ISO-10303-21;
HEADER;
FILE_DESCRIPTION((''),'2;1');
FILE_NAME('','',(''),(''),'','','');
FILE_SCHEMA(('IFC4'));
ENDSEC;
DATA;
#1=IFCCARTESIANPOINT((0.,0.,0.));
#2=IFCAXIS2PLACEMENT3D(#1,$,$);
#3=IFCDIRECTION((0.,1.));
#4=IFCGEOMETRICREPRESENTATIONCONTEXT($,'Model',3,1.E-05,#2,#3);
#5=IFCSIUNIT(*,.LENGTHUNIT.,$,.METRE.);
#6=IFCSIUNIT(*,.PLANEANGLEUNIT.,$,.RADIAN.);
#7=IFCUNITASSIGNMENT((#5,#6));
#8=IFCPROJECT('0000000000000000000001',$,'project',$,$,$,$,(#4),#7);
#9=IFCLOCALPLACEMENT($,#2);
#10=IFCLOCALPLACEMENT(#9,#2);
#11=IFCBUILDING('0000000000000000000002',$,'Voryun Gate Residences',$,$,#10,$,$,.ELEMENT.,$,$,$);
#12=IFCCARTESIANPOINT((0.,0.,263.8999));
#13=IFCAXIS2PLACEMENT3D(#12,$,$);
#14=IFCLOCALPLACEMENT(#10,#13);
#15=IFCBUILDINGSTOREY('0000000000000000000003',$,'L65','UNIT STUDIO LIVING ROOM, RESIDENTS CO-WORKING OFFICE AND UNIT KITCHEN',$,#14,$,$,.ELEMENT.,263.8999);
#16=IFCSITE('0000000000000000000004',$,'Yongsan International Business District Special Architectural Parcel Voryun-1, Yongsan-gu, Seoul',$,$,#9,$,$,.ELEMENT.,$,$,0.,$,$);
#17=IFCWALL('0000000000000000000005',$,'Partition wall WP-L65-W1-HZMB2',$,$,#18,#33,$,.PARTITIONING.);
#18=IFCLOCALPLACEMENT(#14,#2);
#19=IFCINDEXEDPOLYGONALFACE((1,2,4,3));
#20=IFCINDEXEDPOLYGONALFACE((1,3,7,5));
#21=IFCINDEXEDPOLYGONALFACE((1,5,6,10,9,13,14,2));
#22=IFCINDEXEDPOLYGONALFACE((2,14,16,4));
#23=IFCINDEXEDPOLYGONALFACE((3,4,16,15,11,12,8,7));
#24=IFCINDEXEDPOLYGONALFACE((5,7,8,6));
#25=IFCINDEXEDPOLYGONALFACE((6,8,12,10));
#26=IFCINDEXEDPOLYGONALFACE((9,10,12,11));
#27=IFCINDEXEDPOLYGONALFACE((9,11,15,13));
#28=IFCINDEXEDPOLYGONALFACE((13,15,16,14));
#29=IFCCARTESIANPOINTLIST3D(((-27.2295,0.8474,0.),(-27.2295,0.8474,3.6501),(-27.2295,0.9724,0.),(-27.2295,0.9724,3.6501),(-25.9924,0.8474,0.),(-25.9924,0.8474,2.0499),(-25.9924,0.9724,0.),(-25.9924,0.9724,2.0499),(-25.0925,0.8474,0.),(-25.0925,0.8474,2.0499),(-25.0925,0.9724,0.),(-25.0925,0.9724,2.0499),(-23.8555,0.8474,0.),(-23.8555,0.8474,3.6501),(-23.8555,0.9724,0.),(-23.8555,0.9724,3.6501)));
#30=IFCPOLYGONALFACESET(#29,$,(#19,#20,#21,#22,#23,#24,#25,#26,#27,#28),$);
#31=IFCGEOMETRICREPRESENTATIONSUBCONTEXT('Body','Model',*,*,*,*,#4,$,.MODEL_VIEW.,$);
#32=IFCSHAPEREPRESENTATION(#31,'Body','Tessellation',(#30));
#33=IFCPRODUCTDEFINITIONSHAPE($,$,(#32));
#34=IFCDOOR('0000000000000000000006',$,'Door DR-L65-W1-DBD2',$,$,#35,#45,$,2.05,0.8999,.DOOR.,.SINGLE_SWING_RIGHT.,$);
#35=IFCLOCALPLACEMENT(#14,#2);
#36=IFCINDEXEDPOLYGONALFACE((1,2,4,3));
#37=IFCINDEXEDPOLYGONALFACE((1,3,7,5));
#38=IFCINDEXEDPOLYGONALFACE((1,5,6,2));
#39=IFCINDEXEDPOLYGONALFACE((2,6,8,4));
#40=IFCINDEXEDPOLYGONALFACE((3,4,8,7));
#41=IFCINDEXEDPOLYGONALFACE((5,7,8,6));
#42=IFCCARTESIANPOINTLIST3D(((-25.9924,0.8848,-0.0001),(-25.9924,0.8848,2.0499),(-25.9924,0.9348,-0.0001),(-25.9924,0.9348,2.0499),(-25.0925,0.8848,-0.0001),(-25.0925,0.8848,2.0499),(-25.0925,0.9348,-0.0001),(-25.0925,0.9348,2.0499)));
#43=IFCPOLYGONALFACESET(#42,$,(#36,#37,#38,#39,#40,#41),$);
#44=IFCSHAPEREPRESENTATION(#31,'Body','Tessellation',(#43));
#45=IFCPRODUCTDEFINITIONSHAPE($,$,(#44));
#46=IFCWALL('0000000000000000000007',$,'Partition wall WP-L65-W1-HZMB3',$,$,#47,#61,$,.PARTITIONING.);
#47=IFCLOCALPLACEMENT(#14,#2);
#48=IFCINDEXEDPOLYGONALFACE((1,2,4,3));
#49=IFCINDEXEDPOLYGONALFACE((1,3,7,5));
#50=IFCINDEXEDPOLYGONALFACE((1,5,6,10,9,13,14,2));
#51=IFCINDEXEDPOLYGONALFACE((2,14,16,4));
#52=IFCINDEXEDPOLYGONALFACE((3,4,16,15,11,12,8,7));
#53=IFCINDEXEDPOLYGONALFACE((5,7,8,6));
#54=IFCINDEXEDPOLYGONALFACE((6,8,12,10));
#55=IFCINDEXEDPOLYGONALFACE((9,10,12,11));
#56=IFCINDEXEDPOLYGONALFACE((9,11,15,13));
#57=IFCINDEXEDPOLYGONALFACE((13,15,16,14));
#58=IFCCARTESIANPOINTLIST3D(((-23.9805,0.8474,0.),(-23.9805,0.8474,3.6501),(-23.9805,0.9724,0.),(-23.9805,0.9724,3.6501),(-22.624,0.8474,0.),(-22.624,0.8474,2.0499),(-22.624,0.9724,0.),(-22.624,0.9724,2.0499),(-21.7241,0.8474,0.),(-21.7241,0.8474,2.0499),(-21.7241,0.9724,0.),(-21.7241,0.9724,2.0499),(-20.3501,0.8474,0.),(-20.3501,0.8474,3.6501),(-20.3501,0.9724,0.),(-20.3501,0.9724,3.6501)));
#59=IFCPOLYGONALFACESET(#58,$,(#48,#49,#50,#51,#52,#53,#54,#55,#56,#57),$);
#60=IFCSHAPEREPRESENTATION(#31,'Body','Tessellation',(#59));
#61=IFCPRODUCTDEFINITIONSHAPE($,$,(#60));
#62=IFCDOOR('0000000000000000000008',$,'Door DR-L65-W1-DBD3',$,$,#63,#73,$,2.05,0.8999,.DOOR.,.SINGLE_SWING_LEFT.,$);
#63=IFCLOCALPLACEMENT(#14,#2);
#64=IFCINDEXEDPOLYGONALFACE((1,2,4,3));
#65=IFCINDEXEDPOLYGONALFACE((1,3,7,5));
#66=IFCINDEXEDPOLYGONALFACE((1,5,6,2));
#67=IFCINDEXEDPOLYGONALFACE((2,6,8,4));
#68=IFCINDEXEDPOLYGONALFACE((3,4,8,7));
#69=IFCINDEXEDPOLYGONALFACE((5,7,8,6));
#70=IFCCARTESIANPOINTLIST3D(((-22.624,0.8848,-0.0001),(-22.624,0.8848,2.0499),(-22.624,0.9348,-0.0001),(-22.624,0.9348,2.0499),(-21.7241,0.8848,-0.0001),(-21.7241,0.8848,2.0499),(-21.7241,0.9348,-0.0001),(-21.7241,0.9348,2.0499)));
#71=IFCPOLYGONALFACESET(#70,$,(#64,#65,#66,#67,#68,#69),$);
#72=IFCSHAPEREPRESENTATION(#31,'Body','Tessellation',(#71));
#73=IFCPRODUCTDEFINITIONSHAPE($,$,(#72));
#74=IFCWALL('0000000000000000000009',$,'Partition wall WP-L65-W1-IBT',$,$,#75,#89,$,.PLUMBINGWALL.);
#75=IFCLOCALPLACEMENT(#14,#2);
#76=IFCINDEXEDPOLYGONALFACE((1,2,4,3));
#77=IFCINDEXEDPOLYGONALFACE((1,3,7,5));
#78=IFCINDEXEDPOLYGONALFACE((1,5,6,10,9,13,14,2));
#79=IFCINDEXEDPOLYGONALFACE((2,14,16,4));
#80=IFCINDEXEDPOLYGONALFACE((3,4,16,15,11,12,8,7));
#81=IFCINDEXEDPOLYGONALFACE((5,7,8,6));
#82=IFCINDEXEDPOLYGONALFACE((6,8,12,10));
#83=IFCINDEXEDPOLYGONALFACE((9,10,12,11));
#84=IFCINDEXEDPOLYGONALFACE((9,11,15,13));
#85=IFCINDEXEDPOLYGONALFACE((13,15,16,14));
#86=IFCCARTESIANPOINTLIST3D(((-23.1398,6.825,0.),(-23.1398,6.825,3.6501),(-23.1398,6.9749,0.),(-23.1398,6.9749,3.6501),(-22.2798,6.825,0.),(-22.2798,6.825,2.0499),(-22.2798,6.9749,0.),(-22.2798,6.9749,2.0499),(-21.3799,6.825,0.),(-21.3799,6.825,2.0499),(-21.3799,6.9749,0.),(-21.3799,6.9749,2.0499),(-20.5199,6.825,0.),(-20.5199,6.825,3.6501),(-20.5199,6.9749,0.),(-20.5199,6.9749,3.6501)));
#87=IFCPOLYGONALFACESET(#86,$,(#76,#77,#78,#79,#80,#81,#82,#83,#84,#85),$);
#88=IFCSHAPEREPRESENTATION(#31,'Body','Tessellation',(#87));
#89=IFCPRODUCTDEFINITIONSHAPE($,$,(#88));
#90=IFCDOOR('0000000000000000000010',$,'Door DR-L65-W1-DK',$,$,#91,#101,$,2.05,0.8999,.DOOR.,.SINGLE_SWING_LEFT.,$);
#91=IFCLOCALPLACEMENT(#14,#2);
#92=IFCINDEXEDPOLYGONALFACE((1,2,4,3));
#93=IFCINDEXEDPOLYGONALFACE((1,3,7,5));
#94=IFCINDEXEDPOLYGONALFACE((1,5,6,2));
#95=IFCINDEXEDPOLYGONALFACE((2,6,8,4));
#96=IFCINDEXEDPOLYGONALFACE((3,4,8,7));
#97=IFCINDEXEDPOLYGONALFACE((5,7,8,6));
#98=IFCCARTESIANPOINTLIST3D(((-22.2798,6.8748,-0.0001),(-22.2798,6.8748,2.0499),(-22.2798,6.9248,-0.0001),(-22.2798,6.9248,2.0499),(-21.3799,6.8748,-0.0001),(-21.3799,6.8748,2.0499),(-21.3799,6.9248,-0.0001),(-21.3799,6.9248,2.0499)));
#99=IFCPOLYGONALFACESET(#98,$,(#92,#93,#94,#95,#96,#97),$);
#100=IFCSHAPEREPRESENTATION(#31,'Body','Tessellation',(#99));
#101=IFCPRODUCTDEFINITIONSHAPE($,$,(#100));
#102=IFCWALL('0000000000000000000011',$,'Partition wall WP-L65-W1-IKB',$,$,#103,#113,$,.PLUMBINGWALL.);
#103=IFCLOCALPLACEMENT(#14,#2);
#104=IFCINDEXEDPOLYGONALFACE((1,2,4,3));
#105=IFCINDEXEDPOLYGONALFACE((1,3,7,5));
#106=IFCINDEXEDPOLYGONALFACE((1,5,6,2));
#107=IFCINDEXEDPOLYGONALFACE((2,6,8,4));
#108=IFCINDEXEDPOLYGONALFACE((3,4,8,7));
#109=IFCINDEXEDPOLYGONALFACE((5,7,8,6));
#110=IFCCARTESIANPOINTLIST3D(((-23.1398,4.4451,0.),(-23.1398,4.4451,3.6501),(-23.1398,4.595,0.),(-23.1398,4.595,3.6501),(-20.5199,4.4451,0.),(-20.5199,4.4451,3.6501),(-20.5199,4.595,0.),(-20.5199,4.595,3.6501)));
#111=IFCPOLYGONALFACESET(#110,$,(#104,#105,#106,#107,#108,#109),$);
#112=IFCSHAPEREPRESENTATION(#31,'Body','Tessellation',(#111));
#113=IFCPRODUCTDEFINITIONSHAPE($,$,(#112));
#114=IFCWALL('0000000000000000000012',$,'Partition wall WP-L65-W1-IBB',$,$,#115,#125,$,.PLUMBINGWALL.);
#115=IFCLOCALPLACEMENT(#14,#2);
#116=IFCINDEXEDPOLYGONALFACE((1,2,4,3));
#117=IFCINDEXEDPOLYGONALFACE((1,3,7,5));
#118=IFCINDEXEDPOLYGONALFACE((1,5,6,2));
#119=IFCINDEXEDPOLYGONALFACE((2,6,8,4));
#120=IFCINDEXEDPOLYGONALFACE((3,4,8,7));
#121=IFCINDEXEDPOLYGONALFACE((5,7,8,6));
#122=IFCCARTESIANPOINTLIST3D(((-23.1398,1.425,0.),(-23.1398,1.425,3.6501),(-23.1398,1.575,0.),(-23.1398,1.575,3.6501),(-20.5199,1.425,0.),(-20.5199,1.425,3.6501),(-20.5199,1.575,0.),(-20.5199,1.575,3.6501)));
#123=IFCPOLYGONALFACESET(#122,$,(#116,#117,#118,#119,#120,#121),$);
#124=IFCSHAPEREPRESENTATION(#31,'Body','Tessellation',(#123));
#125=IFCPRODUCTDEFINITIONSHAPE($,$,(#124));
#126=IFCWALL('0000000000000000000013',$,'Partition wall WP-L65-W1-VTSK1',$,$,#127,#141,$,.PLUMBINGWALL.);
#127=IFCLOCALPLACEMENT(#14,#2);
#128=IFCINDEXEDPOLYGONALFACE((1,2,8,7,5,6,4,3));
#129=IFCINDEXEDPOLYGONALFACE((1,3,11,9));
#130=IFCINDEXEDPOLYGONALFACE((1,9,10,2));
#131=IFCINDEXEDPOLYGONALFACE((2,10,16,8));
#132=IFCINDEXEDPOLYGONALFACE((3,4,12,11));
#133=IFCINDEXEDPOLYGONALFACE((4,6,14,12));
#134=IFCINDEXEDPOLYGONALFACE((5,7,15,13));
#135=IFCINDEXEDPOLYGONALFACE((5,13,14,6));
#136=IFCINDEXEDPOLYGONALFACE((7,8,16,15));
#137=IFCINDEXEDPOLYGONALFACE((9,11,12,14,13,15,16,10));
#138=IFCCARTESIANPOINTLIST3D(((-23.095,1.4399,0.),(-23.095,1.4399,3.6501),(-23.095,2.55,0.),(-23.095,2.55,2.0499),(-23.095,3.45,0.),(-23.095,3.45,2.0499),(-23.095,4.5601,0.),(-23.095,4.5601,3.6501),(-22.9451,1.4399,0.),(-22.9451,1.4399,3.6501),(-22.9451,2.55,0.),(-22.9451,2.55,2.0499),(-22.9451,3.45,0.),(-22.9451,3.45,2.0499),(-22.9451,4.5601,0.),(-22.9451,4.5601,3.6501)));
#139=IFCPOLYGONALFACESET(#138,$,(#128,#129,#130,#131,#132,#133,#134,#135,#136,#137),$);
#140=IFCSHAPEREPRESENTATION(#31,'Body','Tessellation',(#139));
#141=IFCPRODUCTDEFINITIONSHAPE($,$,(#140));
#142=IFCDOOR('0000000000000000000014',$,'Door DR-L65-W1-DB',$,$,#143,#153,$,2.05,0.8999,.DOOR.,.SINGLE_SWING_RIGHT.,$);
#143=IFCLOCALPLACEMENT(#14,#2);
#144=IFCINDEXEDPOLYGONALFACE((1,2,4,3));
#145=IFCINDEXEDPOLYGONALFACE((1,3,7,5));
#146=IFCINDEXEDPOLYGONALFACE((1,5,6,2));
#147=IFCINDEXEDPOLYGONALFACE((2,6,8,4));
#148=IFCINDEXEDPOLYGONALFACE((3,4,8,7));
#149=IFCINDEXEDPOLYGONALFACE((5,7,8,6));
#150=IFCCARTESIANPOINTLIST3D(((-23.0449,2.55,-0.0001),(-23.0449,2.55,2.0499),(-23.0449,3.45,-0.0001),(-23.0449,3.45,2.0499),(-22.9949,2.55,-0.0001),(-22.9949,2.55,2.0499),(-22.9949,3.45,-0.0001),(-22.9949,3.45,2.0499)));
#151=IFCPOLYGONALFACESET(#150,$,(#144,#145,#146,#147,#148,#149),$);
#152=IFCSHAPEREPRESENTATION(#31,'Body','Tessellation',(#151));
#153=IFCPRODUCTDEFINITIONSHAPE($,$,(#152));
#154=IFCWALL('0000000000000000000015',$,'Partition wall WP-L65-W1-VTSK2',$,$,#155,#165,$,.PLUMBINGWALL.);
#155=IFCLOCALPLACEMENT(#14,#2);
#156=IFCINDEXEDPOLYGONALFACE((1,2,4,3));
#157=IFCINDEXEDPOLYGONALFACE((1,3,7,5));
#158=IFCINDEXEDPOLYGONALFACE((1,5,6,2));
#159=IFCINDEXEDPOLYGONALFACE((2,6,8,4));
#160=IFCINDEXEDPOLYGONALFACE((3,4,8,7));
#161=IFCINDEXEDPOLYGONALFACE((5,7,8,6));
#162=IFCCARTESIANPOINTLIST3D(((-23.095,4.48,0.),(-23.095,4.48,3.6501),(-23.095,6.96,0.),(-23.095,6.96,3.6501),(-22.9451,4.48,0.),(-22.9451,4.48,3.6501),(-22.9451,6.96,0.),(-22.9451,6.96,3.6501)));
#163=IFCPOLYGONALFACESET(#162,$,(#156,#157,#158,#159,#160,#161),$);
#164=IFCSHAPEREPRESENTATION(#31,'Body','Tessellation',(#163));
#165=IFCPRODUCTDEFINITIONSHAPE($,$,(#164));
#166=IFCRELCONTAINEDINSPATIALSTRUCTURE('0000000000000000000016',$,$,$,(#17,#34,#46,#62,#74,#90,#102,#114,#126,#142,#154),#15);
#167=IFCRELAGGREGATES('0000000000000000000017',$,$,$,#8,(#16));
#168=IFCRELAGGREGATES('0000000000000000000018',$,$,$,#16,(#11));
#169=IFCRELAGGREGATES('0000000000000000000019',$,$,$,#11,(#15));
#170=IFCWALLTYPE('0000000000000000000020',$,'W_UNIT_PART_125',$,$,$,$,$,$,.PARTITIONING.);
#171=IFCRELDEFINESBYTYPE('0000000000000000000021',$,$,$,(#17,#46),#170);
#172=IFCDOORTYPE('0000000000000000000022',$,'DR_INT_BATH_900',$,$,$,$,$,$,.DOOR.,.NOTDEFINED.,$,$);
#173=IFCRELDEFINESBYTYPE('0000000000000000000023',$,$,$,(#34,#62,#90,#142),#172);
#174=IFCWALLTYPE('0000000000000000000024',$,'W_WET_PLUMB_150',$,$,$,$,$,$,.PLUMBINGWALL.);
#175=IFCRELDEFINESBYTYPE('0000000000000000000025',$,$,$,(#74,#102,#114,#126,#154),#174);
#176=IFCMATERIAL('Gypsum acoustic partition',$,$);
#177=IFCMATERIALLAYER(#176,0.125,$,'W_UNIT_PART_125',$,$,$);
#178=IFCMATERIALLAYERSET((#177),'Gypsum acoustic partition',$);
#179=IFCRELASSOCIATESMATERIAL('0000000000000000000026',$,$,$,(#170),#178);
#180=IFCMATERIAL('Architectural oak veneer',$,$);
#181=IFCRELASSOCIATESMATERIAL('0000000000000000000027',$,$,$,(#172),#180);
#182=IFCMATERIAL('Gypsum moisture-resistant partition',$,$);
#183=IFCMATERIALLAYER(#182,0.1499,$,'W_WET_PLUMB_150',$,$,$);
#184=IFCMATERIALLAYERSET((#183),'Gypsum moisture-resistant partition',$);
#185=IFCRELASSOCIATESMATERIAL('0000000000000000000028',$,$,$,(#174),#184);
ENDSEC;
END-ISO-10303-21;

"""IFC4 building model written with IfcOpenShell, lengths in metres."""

from ifc_helpers import new_model, si_unit, direction, frame, frame_2d, origin, place, context, subcontext, project, spatial, rectangle, extrude, material, layer, layer_set, type_object, element, fill, save


model = new_model("IFC4")

# Units and contexts
model_context = context("Model", 3, precision=1e-05, world=origin(), true_north=direction((0.0, 1.0)))
body_context = subcontext(model_context, "Body", "Model", "MODEL_VIEW")
ifc_project = project(units=[si_unit("LENGTHUNIT", "METRE"), si_unit("PLANEANGLEUNIT", "RADIAN")], contexts=[model_context])

# Site, building, storey
site_placement = place(None, origin())
site = spatial("IfcSite", under=ifc_project, at=site_placement, Name="Yongsan International Business District Special Architectural Parcel Voryun-1, Yongsan-gu, Seoul", CompositionType="ELEMENT", RefElevation=0.0)
building_placement = place(site_placement, origin())
building = spatial("IfcBuilding", under=site, at=building_placement, Name="Voryun Gate Residences", CompositionType="ELEMENT")
storey_placement = place(building_placement, frame((0.0, 0.0, 263.8999)))
storey = spatial("IfcBuildingStorey", under=building, at=storey_placement, Name="L65", Description="UNIT STUDIO LIVING ROOM, RESIDENTS CO-WORKING OFFICE AND UNIT KITCHEN", CompositionType="ELEMENT", Elevation=263.8999)

# Walls, openings, doors
ifc_material_1 = material(Name="Gypsum acoustic partition")
ifc_layer_1 = layer(ifc_material_1, 0.125, Name="W_UNIT_PART_125")
ifc_layer_set_1 = layer_set([ifc_layer_1], Name="Gypsum acoustic partition")
wall_type_1 = type_object("IfcWallType", Name="W_UNIT_PART_125", PredefinedType="PARTITIONING", material=ifc_layer_set_1)
wall_1_placement = place(storey_placement, frame((-27.2295, 0.9099, 0.0), z_axis=(0.0, 0.0, 1.0), x_axis=(1.0, 0.0, 0.0)))
wall_1 = element("IfcWall", 1, at=wall_1_placement, inside=storey, type_object=wall_type_1, Name="Partition wall WP-L65-W1-HZMB2", PredefinedType="PARTITIONING", context=body_context, shape_type="SweptSolid", body=[
    extrude(rectangle(XDim=3.374, YDim=0.125, at=frame_2d((1.687, 0.0))), origin(), (0.0, 0.0, 1.0), 3.6501),
])
opening_1_placement = place(wall_1_placement, frame((1.2371, 0.0, 0.0)))
opening_1 = element("IfcOpeningElement", 2, at=opening_1_placement, cuts=wall_1, PredefinedType="OPENING", context=body_context, shape_type="SweptSolid", body=[
    extrude(rectangle(XDim=0.8999, YDim=2.05, at=frame_2d((0.45, 1.0249))), frame((0.0, 0.0725, 0.0), z_axis=(0.0, -1.0, 0.0), x_axis=(1.0, 0.0, 0.0)), (0.0, 0.0, 1.0), 0.145),
])
ifc_material_2 = material(Name="Architectural oak veneer")
door_type_1 = type_object("IfcDoorType", Name="DR_INT_BATH_900", OperationType="NOTDEFINED", PredefinedType="DOOR", material=ifc_material_2)
door_1_placement = place(opening_1_placement, origin())
door_1 = element("IfcDoor", 3, at=door_1_placement, inside=storey, type_object=door_type_1, Name="Door DR-L65-W1-DBD2", OperationType="SINGLE_SWING_RIGHT", OverallHeight=2.05, OverallWidth=0.8999, PredefinedType="DOOR", context=body_context, shape_type="SweptSolid", body=[
    extrude(rectangle(XDim=0.8999, YDim=2.05, at=frame_2d((0.45, 1.0249))), frame((0.0, 0.0249, 0.0), z_axis=(0.0, -1.0, 0.0), x_axis=(1.0, 0.0, 0.0)), (0.0, 0.0, 1.0), 0.05),
])
fill(opening_1, door_1)
wall_2_placement = place(storey_placement, frame((-23.9805, 0.9099, 0.0), z_axis=(0.0, 0.0, 1.0), x_axis=(1.0, 0.0, 0.0)))
wall_2 = element("IfcWall", 4, at=wall_2_placement, inside=storey, type_object=wall_type_1, Name="Partition wall WP-L65-W1-HZMB3", PredefinedType="PARTITIONING", context=body_context, shape_type="SweptSolid", body=[
    extrude(rectangle(XDim=3.6304, YDim=0.125, at=frame_2d((1.8152, 0.0))), origin(), (0.0, 0.0, 1.0), 3.6501),
])
opening_2_placement = place(wall_2_placement, frame((1.3564, 0.0, 0.0)))
opening_2 = element("IfcOpeningElement", 5, at=opening_2_placement, cuts=wall_2, PredefinedType="OPENING", context=body_context, shape_type="SweptSolid", body=[
    extrude(rectangle(XDim=0.8999, YDim=2.05, at=frame_2d((0.45, 1.0249))), frame((0.0, 0.0725, 0.0), z_axis=(0.0, -1.0, 0.0), x_axis=(1.0, 0.0, 0.0)), (0.0, 0.0, 1.0), 0.145),
])
door_2_placement = place(opening_2_placement, origin())
door_2 = element("IfcDoor", 6, at=door_2_placement, inside=storey, type_object=door_type_1, Name="Door DR-L65-W1-DBD3", OperationType="SINGLE_SWING_LEFT", OverallHeight=2.05, OverallWidth=0.8999, PredefinedType="DOOR", context=body_context, shape_type="SweptSolid", body=[
    extrude(rectangle(XDim=0.8999, YDim=2.05, at=frame_2d((0.45, 1.0249))), frame((0.0, 0.0249, 0.0), z_axis=(0.0, -1.0, 0.0), x_axis=(1.0, 0.0, 0.0)), (0.0, 0.0, 1.0), 0.05),
])
fill(opening_2, door_2)
ifc_material_3 = material(Name="Gypsum moisture-resistant partition")
ifc_layer_2 = layer(ifc_material_3, 0.1499, Name="W_WET_PLUMB_150")
ifc_layer_set_2 = layer_set([ifc_layer_2], Name="Gypsum moisture-resistant partition")
wall_type_2 = type_object("IfcWallType", Name="W_WET_PLUMB_150", PredefinedType="PLUMBINGWALL", material=ifc_layer_set_2)
wall_3_placement = place(storey_placement, frame((-23.1399, 6.8999, 0.0), z_axis=(0.0, 0.0, 1.0), x_axis=(1.0, 0.0, 0.0)))
wall_3 = element("IfcWall", 7, at=wall_3_placement, inside=storey, type_object=wall_type_2, Name="Partition wall WP-L65-W1-IBT", PredefinedType="PLUMBINGWALL", context=body_context, shape_type="SweptSolid", body=[
    extrude(rectangle(XDim=2.6199, YDim=0.1499, at=frame_2d((1.3101, 0.0))), origin(), (0.0, 0.0, 1.0), 3.6501),
])
opening_3_placement = place(wall_3_placement, frame((0.8601, 0.0, 0.0)))
opening_3 = element("IfcOpeningElement", 8, at=opening_3_placement, cuts=wall_3, PredefinedType="OPENING", context=body_context, shape_type="SweptSolid", body=[
    extrude(rectangle(XDim=0.8999, YDim=2.05, at=frame_2d((0.45, 1.0249))), frame((0.0, 0.085, 0.0), z_axis=(0.0, -1.0, 0.0), x_axis=(1.0, 0.0, 0.0)), (0.0, 0.0, 1.0), 0.1699),
])
door_3_placement = place(opening_3_placement, origin())
door_3 = element("IfcDoor", 9, at=door_3_placement, inside=storey, type_object=door_type_1, Name="Door DR-L65-W1-DK", OperationType="SINGLE_SWING_LEFT", OverallHeight=2.05, OverallWidth=0.8999, PredefinedType="DOOR", context=body_context, shape_type="SweptSolid", body=[
    extrude(rectangle(XDim=0.8999, YDim=2.05, at=frame_2d((0.45, 1.0249))), frame((0.0, 0.0249, 0.0), z_axis=(0.0, -1.0, 0.0), x_axis=(1.0, 0.0, 0.0)), (0.0, 0.0, 1.0), 0.05),
])
fill(opening_3, door_3)

# Walls
for number, where, z_axis, x_axis, name in (
    (10, (-23.1399, 4.52, 0.0), (0.0, 0.0, 1.0), (1.0, 0.0, 0.0), "Partition wall WP-L65-W1-IKB"),
    (11, (-23.1399, 1.5, 0.0), (0.0, 0.0, 1.0), (1.0, 0.0, 0.0), "Partition wall WP-L65-W1-IBB"),
):
    element("IfcWall", number, at=place(storey_placement, frame(where, z_axis=z_axis, x_axis=x_axis)), inside=storey, type_object=wall_type_2, Name=name, PredefinedType="PLUMBINGWALL", context=body_context, shape_type="SweptSolid", body=[
        extrude(rectangle(XDim=2.6199, YDim=0.1499, at=frame_2d((1.3101, 0.0))), origin(), (0.0, 0.0, 1.0), 3.6501),
    ])

# Wall, opening, door
wall_4_placement = place(storey_placement, frame((-23.02, 1.4399, 0.0), z_axis=(0.0, 0.0, 1.0), x_axis=(0.0, 1.0, 0.0)))
wall_4 = element("IfcWall", 12, at=wall_4_placement, inside=storey, type_object=wall_type_2, Name="Partition wall WP-L65-W1-VTSK1", PredefinedType="PLUMBINGWALL", context=body_context, shape_type="SweptSolid", body=[
    extrude(rectangle(XDim=3.1201, YDim=0.1499, at=frame_2d((1.5601, 0.0))), origin(), (0.0, 0.0, 1.0), 3.6501),
])
opening_4_placement = place(wall_4_placement, frame((1.1101, 0.0, 0.0)))
opening_4 = element("IfcOpeningElement", 13, at=opening_4_placement, cuts=wall_4, PredefinedType="OPENING", context=body_context, shape_type="SweptSolid", body=[
    extrude(rectangle(XDim=0.8999, YDim=2.05, at=frame_2d((0.45, 1.0249))), frame((0.0, 0.085, 0.0), z_axis=(0.0, -1.0, 0.0), x_axis=(1.0, 0.0, 0.0)), (0.0, 0.0, 1.0), 0.1699),
])
door_4_placement = place(opening_4_placement, origin())
door_4 = element("IfcDoor", 14, at=door_4_placement, inside=storey, type_object=door_type_1, Name="Door DR-L65-W1-DB", OperationType="SINGLE_SWING_RIGHT", OverallHeight=2.05, OverallWidth=0.8999, PredefinedType="DOOR", context=body_context, shape_type="SweptSolid", body=[
    extrude(rectangle(XDim=0.8999, YDim=2.05, at=frame_2d((0.45, 1.0249))), frame((0.0, 0.0249, 0.0), z_axis=(0.0, -1.0, 0.0), x_axis=(1.0, 0.0, 0.0)), (0.0, 0.0, 1.0), 0.05),
])
fill(opening_4, door_4)

# Wall
wall_5_placement = place(storey_placement, frame((-23.02, 4.48, 0.0), z_axis=(0.0, 0.0, 1.0), x_axis=(0.0, 1.0, 0.0)))
element("IfcWall", 15, at=wall_5_placement, inside=storey, type_object=wall_type_2, Name="Partition wall WP-L65-W1-VTSK2", PredefinedType="PLUMBINGWALL", context=body_context, shape_type="SweptSolid", body=[
    extrude(rectangle(XDim=2.48, YDim=0.1499, at=frame_2d((1.24, 0.0))), origin(), (0.0, 0.0, 1.0), 3.6501),
])

save(model, "model.ifc")
